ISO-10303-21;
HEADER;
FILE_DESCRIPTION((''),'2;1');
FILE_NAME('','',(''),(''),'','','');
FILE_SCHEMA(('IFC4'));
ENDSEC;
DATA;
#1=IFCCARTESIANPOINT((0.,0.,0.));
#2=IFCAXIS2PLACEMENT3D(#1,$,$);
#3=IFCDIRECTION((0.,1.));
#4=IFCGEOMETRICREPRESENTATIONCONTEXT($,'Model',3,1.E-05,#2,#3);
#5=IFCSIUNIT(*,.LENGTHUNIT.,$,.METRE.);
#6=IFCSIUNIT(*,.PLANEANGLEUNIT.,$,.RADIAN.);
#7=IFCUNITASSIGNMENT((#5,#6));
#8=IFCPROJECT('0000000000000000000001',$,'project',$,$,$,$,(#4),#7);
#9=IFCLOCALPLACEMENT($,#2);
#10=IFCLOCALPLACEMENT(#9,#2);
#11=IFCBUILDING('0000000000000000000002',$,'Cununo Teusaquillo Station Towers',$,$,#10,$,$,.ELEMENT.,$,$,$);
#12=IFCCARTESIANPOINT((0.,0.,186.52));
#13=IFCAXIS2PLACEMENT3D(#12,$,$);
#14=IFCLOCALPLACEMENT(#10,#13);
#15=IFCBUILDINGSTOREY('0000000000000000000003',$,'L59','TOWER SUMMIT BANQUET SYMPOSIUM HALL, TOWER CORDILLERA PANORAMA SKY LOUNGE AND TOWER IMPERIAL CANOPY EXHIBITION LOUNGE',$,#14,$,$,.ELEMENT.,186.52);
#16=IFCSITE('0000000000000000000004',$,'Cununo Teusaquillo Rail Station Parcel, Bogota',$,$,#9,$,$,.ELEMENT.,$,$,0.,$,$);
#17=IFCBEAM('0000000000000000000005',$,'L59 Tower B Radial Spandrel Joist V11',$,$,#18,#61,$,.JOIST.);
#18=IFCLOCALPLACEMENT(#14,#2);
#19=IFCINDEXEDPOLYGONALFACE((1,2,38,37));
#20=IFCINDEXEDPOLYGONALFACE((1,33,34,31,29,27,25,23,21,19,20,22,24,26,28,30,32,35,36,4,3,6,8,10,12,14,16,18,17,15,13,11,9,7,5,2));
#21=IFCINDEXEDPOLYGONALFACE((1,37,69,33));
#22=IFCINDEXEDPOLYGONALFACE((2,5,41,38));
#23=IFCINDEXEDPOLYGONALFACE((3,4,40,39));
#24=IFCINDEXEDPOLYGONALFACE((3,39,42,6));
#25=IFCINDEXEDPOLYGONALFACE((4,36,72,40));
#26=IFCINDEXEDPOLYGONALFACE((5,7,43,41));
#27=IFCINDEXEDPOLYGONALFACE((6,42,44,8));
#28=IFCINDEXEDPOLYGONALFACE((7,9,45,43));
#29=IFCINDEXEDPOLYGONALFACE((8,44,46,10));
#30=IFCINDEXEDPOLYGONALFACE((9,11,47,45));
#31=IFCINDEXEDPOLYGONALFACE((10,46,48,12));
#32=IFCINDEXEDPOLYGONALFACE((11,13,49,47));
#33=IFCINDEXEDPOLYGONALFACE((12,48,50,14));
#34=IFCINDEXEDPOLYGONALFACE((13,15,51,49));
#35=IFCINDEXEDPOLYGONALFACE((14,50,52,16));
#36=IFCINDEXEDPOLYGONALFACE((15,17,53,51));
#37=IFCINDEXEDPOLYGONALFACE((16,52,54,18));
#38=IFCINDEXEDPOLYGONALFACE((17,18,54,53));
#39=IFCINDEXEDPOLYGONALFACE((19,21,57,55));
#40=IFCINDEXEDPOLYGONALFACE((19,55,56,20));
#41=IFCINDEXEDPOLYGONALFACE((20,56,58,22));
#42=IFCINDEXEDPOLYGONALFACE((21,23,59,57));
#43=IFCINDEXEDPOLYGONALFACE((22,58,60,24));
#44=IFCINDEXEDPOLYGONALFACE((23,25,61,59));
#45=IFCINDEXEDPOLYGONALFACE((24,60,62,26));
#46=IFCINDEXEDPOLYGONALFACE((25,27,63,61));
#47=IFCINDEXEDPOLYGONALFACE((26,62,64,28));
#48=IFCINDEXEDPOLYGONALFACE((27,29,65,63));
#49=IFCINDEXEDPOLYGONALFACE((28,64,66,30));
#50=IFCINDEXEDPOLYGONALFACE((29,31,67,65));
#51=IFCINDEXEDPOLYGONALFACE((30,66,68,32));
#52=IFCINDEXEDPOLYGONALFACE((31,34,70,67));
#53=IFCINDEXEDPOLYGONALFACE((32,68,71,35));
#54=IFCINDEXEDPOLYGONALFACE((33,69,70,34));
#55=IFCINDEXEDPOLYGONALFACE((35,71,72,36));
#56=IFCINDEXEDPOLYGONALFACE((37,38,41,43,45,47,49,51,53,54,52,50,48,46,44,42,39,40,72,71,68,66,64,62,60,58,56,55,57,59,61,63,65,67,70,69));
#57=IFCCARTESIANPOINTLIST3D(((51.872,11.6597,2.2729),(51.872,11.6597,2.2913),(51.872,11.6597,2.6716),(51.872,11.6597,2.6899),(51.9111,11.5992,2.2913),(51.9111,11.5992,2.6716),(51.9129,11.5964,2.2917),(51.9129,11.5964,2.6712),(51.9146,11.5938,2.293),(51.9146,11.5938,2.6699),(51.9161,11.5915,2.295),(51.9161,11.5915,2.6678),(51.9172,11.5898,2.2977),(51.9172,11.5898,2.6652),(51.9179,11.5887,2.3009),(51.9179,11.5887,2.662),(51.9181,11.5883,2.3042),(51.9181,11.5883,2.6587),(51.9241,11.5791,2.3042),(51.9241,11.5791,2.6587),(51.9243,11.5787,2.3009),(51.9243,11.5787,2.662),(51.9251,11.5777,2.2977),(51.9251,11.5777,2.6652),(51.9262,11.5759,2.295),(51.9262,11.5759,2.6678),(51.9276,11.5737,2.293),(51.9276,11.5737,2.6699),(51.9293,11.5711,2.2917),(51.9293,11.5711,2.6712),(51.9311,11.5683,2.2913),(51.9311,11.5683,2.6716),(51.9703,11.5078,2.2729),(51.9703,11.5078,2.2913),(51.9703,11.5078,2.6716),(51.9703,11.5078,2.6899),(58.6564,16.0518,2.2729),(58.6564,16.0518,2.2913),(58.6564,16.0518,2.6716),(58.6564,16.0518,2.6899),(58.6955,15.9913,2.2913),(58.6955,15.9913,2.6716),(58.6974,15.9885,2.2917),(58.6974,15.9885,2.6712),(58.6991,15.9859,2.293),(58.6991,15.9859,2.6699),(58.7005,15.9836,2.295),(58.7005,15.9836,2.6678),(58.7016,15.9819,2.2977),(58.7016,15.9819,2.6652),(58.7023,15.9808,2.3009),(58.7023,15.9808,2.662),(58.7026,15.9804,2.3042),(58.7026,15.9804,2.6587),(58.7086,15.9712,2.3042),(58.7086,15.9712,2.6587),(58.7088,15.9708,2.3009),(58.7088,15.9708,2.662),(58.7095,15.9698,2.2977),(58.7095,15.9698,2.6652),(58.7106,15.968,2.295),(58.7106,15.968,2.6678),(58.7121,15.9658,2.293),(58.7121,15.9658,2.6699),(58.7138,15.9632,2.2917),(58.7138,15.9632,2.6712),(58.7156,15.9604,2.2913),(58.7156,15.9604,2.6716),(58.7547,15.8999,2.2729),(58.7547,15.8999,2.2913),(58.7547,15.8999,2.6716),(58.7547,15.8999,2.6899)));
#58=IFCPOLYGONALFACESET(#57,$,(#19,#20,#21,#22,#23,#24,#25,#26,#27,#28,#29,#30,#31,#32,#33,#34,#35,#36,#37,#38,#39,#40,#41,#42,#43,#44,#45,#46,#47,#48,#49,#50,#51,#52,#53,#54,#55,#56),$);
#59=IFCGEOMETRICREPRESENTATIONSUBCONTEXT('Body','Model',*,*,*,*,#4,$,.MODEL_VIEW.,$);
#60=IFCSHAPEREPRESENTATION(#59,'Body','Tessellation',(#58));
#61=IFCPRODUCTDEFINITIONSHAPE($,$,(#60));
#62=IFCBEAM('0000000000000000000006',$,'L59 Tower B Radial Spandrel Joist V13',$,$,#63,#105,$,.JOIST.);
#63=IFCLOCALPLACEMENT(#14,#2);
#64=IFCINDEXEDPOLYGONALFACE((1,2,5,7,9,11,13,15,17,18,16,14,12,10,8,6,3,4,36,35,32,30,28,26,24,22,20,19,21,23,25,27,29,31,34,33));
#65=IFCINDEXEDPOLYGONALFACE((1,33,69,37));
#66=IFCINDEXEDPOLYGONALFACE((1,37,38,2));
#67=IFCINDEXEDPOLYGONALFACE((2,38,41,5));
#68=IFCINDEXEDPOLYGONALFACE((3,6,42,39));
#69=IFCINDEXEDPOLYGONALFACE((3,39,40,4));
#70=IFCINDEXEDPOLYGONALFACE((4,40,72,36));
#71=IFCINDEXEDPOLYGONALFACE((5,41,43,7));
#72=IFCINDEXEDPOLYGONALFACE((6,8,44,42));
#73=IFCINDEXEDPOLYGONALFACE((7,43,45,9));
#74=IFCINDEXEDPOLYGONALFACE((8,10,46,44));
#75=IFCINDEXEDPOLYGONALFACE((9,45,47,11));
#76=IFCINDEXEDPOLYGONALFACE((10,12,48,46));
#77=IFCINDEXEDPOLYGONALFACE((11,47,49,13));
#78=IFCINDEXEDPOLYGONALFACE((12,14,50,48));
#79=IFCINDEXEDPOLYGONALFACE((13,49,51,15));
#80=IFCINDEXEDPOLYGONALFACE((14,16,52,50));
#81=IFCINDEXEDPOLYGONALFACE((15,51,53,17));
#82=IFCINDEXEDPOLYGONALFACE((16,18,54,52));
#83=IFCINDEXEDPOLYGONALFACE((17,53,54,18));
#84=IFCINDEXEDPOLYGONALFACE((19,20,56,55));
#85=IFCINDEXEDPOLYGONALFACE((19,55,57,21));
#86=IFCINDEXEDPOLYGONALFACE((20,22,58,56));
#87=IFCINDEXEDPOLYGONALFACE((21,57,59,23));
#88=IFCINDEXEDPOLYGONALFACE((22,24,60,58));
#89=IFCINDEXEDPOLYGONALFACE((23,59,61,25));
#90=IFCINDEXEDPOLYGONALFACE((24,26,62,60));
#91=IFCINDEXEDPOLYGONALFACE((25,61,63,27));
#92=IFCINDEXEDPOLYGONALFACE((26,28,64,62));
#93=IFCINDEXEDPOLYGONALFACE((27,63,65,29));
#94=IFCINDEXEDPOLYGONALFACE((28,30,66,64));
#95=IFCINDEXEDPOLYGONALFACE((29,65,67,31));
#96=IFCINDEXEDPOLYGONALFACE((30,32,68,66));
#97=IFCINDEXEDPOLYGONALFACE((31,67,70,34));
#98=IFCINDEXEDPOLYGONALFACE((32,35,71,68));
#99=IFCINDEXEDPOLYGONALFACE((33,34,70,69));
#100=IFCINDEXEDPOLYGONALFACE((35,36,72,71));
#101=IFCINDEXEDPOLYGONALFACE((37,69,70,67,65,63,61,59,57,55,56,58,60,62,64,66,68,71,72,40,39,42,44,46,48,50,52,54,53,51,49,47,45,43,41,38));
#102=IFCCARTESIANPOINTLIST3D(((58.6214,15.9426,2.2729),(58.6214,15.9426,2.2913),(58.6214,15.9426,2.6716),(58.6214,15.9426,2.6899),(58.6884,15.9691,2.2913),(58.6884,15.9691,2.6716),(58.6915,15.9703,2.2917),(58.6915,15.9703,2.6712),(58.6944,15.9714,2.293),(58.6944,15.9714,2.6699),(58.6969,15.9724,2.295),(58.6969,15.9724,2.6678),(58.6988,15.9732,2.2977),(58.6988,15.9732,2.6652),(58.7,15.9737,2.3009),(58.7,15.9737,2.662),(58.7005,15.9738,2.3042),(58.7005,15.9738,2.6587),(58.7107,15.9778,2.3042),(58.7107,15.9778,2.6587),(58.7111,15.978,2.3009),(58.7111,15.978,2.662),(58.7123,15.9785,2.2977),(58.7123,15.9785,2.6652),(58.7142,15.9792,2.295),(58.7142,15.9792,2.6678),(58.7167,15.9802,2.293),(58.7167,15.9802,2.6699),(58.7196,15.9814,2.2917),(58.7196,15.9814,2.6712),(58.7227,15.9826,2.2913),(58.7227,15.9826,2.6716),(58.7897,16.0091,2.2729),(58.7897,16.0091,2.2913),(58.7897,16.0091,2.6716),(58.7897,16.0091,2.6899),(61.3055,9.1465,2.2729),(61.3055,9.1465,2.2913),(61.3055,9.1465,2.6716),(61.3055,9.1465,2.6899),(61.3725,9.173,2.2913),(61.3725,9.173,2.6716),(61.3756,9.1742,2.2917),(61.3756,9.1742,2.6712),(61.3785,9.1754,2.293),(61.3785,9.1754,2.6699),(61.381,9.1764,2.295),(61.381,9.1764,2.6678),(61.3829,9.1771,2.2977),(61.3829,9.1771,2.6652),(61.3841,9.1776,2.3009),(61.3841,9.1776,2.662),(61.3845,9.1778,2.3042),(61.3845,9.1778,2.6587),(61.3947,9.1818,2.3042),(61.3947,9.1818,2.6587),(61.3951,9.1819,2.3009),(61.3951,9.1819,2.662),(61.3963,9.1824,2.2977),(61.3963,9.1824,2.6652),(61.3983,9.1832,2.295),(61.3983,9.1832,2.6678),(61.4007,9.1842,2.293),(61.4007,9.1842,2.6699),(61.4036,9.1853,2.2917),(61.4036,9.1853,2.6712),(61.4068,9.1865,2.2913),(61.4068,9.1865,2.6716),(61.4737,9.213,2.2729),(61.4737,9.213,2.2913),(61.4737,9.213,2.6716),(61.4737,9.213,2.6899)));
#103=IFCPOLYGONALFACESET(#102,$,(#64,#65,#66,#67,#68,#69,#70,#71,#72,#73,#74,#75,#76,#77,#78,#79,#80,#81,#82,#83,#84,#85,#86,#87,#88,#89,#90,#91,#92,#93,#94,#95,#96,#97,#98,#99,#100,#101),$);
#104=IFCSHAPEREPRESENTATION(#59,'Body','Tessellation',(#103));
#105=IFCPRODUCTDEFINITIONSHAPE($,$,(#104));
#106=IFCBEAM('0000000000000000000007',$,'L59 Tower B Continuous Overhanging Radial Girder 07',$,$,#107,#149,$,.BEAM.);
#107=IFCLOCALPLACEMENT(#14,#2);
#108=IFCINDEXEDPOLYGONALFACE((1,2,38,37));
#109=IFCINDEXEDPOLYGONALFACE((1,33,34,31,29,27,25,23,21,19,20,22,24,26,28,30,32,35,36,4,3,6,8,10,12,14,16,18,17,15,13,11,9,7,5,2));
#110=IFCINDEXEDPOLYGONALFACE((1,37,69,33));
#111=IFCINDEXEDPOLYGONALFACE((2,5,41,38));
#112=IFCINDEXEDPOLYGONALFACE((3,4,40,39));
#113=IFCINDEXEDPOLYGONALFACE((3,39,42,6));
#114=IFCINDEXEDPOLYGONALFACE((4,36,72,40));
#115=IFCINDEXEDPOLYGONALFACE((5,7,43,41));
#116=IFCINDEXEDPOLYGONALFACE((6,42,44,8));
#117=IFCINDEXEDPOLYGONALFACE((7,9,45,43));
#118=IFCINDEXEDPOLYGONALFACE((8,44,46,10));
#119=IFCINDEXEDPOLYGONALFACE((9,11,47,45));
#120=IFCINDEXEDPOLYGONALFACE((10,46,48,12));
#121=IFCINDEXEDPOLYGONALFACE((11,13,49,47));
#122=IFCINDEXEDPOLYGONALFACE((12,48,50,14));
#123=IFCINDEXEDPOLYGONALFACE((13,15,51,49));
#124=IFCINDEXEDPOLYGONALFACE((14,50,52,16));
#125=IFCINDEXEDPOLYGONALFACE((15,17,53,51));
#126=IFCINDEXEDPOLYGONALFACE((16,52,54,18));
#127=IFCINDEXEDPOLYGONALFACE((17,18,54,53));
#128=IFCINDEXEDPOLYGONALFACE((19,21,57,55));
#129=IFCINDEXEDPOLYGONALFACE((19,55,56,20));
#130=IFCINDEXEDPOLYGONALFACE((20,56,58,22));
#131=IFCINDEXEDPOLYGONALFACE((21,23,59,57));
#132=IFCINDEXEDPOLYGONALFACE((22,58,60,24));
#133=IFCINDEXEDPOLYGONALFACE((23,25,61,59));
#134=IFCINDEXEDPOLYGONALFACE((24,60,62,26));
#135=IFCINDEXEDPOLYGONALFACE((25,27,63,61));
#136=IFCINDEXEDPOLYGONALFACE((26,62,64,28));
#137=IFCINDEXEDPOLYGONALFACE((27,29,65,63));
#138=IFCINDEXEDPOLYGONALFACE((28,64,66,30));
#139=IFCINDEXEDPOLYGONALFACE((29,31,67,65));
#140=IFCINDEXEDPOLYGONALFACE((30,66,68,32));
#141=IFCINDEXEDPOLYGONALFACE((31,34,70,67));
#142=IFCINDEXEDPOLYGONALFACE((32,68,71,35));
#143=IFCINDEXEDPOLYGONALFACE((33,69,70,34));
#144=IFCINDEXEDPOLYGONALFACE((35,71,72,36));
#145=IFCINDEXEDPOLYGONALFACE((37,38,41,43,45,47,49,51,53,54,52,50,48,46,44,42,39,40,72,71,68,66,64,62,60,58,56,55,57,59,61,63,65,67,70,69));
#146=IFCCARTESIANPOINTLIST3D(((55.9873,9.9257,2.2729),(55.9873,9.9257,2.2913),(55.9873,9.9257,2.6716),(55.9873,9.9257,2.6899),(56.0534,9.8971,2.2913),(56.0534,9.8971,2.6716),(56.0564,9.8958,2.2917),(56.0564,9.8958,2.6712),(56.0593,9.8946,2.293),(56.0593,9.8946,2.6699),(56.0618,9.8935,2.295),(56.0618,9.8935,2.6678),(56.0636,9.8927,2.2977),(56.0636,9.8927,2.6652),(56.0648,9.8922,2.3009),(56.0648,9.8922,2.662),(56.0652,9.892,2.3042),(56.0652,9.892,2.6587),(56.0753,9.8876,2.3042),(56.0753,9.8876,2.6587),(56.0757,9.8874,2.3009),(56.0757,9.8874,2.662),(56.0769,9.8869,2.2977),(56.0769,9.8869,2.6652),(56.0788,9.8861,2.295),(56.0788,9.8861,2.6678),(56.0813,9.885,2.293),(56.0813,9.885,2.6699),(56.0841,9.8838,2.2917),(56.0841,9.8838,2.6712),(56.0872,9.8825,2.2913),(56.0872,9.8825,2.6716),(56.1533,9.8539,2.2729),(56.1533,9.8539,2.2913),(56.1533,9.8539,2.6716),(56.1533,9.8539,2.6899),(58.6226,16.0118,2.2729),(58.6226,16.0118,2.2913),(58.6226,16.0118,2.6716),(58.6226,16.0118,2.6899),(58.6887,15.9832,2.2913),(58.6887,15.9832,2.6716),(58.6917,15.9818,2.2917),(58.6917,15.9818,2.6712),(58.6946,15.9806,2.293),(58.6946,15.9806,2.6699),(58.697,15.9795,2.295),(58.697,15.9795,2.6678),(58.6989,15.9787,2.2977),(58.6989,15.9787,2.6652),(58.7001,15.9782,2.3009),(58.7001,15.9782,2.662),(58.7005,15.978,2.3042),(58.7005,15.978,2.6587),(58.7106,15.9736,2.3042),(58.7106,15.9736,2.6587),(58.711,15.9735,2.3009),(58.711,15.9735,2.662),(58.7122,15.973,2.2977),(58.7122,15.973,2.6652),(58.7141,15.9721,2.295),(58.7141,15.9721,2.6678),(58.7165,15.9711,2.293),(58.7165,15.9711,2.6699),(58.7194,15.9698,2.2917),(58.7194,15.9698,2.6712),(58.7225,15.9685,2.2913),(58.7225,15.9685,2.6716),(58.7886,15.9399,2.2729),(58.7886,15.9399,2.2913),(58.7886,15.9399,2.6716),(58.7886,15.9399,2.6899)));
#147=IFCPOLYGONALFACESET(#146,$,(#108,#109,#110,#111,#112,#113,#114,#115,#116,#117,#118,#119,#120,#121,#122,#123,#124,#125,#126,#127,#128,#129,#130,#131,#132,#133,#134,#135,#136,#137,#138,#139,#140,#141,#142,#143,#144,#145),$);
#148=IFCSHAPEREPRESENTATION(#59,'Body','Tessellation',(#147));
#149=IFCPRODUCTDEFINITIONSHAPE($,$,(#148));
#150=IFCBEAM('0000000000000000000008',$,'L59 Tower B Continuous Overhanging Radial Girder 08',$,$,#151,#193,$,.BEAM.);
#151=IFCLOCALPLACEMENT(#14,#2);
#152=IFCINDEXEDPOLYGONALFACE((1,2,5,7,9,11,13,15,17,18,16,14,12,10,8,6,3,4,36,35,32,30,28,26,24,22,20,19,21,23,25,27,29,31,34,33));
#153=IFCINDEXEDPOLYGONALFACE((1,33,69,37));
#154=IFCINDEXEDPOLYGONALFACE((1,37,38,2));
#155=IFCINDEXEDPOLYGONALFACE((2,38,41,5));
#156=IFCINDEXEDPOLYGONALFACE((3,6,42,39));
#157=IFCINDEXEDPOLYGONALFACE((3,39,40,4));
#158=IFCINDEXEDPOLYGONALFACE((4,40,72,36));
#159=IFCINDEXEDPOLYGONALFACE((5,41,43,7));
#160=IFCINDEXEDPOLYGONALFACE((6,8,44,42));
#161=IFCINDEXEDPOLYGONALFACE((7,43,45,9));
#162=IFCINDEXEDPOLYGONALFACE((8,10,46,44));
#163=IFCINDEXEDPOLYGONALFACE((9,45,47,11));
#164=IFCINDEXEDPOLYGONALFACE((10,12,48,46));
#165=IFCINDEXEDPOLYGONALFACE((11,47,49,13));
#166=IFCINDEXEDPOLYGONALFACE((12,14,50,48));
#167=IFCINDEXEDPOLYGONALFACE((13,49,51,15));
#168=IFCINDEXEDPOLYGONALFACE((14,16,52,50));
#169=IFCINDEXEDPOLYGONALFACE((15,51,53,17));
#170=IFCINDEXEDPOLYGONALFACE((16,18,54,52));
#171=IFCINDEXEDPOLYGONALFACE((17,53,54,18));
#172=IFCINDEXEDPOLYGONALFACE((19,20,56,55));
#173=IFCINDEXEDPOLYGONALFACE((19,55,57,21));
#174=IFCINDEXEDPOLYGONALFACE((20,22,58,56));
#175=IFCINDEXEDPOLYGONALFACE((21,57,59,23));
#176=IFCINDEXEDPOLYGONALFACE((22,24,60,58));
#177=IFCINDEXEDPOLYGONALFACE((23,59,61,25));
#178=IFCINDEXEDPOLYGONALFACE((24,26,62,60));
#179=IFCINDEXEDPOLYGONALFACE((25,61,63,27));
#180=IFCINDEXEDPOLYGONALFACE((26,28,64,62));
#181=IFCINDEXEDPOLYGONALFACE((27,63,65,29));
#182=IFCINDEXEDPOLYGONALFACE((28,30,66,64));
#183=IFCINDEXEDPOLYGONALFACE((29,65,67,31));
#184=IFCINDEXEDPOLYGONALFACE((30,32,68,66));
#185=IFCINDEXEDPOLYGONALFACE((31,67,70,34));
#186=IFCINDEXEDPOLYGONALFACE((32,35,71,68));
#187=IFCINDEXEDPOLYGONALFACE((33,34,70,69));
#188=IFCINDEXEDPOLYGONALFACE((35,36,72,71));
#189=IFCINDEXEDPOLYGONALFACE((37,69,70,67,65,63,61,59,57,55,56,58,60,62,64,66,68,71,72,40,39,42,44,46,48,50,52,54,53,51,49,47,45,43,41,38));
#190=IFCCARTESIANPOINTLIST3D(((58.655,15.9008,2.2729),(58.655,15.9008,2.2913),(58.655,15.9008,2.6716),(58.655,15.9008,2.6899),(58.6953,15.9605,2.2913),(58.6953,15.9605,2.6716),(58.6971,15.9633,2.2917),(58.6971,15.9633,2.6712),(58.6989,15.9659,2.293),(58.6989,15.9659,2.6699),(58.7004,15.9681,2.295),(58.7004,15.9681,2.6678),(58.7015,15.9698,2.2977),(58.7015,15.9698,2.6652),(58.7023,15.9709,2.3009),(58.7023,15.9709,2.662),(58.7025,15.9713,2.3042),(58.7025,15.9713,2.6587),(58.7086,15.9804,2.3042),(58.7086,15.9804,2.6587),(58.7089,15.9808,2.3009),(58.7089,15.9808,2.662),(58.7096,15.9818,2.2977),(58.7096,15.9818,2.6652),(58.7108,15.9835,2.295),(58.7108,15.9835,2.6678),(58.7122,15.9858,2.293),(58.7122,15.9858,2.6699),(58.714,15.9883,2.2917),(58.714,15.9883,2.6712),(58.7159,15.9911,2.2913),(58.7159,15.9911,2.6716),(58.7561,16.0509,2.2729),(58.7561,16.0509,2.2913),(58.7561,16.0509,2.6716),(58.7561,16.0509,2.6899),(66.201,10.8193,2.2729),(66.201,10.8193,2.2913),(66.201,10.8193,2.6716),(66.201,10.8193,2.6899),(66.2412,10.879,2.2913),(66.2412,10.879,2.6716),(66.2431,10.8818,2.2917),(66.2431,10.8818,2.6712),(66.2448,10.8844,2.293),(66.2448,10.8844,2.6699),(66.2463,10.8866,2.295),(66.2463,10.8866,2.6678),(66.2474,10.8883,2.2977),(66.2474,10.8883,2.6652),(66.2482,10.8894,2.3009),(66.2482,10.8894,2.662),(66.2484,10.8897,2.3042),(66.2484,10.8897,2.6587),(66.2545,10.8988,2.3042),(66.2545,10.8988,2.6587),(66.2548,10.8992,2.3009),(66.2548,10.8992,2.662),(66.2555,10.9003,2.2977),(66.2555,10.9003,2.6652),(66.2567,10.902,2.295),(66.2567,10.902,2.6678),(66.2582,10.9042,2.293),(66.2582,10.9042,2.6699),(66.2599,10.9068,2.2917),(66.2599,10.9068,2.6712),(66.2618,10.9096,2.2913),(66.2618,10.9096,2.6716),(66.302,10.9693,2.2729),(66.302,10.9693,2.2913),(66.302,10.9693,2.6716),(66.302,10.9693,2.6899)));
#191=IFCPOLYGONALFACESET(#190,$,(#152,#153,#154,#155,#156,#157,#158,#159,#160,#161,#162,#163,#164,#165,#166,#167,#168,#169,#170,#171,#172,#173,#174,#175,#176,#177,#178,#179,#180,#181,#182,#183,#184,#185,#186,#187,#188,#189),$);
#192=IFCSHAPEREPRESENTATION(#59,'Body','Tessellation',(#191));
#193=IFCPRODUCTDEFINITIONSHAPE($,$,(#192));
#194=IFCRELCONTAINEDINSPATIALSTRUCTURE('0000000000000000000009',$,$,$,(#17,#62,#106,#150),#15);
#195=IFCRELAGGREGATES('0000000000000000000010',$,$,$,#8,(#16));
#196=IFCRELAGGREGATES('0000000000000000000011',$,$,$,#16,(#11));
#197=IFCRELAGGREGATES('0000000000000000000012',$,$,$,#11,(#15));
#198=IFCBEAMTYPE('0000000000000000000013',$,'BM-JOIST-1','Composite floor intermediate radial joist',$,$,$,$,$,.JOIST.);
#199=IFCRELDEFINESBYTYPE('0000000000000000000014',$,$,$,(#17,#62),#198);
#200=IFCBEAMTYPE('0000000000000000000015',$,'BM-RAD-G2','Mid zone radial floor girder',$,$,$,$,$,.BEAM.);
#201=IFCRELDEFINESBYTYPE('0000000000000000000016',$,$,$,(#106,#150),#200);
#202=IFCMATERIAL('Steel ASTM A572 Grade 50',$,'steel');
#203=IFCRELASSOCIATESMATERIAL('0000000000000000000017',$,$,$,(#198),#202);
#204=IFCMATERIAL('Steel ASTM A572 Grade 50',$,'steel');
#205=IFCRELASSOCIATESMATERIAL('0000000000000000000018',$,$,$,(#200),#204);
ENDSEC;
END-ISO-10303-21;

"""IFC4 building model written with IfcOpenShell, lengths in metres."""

from ifc_helpers import new_model, si_unit, direction, frame, origin, origin_2d, place, context, subcontext, project, spatial, i_section, extrude, material, material_profile, profile_set, type_object, element, save


model = new_model("IFC4")

# Units and contexts
model_context = context("Model", 3, precision=1e-05, world=origin(), true_north=direction((0.0, 1.0)))
body_context = subcontext(model_context, "Body", "Model", "MODEL_VIEW")
ifc_project = project(units=[si_unit("LENGTHUNIT", "METRE"), si_unit("PLANEANGLEUNIT", "RADIAN")], contexts=[model_context])

# Site, building, storey
site_placement = place(None, origin())
site = spatial("IfcSite", under=ifc_project, at=site_placement, Name="Cununo Teusaquillo Rail Station Parcel, Bogota", CompositionType="ELEMENT", RefElevation=0.0)
building_placement = place(site_placement, origin())
building = spatial("IfcBuilding", under=site, at=building_placement, Name="Cununo Teusaquillo Station Towers", CompositionType="ELEMENT")
storey_placement = place(building_placement, frame((0.0, 0.0, 186.52)))
storey = spatial("IfcBuildingStorey", under=building, at=storey_placement, Name="L59", Description="TOWER SUMMIT BANQUET SYMPOSIUM HALL, TOWER CORDILLERA PANORAMA SKY LOUNGE AND TOWER IMPERIAL CANOPY EXHIBITION LOUNGE", CompositionType="ELEMENT", Elevation=186.52)

# Beams
ifc_material_1 = material(Name="Steel ASTM A572 Grade 50", Category="steel")
ifc_material_profile_1 = material_profile(ifc_material_1, i_section(OverallWidth=0.1809, OverallDepth=0.417, WebThickness=0.011, FlangeThickness=0.0183, FilletRadius=0.0129, at=origin_2d()), Name="W16X57")
ifc_profile_set_1 = profile_set([ifc_material_profile_1], Name="Steel ASTM A572 Grade 50")
beam_type_1 = type_object("IfcBeamType", Name="BM-JOIST-1", Description="Composite floor intermediate radial joist", PredefinedType="JOIST", material=ifc_profile_set_1)
beam_1_placement = place(storey_placement, frame((58.7056, 15.9758, 2.4814), z_axis=(-0.839448, -0.54344, 0.0), x_axis=(0.54344, -0.839448, 0.0)))
element("IfcBeam", 1, at=beam_1_placement, inside=storey, type_object=beam_type_1, Name="L59 Tower B Radial Spandrel Joist V11", PredefinedType="JOIST", context=body_context, shape_type="SweptSolid", body=[
    extrude(i_section(OverallWidth=0.1809, OverallDepth=0.417, WebThickness=0.011, FlangeThickness=0.0183, FilletRadius=0.0129, at=origin_2d()), origin(), (0.0, 0.0, 1.0), 8.082),
])
beam_2_placement = place(storey_placement, frame((58.7056, 15.9758, 2.4814), z_axis=(0.367332, -0.93009, 0.0), x_axis=(0.93009, 0.367332, 0.0)))
element("IfcBeam", 2, at=beam_2_placement, inside=storey, type_object=beam_type_1, Name="L59 Tower B Radial Spandrel Joist V13", PredefinedType="JOIST", context=body_context, shape_type="SweptSolid", body=[
    extrude(i_section(OverallWidth=0.1809, OverallDepth=0.417, WebThickness=0.011, FlangeThickness=0.0183, FilletRadius=0.0129, at=origin_2d()), origin(), (0.0, 0.0, 1.0), 7.3069),
])
ifc_material_2 = material(Name="Steel ASTM A572 Grade 50", Category="steel")
ifc_material_profile_2 = material_profile(ifc_material_2, i_section(OverallWidth=0.1809, OverallDepth=0.417, WebThickness=0.011, FlangeThickness=0.0183, FilletRadius=0.0129, at=origin_2d()), Name="W16X57")
ifc_profile_set_2 = profile_set([ifc_material_profile_2], Name="Steel ASTM A572 Grade 50")
beam_type_2 = type_object("IfcBeamType", Name="BM-RAD-G2", Description="Mid zone radial floor girder", PredefinedType="BEAM", material=ifc_profile_set_2)
beam_3_placement = place(storey_placement, frame((58.7056, 15.9758, 2.4814), z_axis=(-0.397355, -0.917665, 0.0), x_axis=(0.917665, -0.397355, 0.0)))
element("IfcBeam", 3, at=beam_3_placement, inside=storey, type_object=beam_type_2, Name="L59 Tower B Continuous Overhanging Radial Girder 07", PredefinedType="BEAM", context=body_context, shape_type="SweptSolid", body=[
    extrude(i_section(OverallWidth=0.1809, OverallDepth=0.417, WebThickness=0.011, FlangeThickness=0.0183, FilletRadius=0.0129, at=origin_2d()), origin(), (0.0, 0.0, 1.0), 6.6321),
])
beam_4_placement = place(storey_placement, frame((58.7056, 15.9758, 2.4814), z_axis=(0.829457, -0.558571, 0.0), x_axis=(0.558571, 0.829457, 0.0)))
element("IfcBeam", 4, at=beam_4_placement, inside=storey, type_object=beam_type_2, Name="L59 Tower B Continuous Overhanging Radial Girder 08", PredefinedType="BEAM", context=body_context, shape_type="SweptSolid", body=[
    extrude(i_section(OverallWidth=0.1809, OverallDepth=0.417, WebThickness=0.011, FlangeThickness=0.0183, FilletRadius=0.0129, at=origin_2d()), origin(), (0.0, 0.0, 1.0), 9.0974),
])

save(model, "model.ifc")
